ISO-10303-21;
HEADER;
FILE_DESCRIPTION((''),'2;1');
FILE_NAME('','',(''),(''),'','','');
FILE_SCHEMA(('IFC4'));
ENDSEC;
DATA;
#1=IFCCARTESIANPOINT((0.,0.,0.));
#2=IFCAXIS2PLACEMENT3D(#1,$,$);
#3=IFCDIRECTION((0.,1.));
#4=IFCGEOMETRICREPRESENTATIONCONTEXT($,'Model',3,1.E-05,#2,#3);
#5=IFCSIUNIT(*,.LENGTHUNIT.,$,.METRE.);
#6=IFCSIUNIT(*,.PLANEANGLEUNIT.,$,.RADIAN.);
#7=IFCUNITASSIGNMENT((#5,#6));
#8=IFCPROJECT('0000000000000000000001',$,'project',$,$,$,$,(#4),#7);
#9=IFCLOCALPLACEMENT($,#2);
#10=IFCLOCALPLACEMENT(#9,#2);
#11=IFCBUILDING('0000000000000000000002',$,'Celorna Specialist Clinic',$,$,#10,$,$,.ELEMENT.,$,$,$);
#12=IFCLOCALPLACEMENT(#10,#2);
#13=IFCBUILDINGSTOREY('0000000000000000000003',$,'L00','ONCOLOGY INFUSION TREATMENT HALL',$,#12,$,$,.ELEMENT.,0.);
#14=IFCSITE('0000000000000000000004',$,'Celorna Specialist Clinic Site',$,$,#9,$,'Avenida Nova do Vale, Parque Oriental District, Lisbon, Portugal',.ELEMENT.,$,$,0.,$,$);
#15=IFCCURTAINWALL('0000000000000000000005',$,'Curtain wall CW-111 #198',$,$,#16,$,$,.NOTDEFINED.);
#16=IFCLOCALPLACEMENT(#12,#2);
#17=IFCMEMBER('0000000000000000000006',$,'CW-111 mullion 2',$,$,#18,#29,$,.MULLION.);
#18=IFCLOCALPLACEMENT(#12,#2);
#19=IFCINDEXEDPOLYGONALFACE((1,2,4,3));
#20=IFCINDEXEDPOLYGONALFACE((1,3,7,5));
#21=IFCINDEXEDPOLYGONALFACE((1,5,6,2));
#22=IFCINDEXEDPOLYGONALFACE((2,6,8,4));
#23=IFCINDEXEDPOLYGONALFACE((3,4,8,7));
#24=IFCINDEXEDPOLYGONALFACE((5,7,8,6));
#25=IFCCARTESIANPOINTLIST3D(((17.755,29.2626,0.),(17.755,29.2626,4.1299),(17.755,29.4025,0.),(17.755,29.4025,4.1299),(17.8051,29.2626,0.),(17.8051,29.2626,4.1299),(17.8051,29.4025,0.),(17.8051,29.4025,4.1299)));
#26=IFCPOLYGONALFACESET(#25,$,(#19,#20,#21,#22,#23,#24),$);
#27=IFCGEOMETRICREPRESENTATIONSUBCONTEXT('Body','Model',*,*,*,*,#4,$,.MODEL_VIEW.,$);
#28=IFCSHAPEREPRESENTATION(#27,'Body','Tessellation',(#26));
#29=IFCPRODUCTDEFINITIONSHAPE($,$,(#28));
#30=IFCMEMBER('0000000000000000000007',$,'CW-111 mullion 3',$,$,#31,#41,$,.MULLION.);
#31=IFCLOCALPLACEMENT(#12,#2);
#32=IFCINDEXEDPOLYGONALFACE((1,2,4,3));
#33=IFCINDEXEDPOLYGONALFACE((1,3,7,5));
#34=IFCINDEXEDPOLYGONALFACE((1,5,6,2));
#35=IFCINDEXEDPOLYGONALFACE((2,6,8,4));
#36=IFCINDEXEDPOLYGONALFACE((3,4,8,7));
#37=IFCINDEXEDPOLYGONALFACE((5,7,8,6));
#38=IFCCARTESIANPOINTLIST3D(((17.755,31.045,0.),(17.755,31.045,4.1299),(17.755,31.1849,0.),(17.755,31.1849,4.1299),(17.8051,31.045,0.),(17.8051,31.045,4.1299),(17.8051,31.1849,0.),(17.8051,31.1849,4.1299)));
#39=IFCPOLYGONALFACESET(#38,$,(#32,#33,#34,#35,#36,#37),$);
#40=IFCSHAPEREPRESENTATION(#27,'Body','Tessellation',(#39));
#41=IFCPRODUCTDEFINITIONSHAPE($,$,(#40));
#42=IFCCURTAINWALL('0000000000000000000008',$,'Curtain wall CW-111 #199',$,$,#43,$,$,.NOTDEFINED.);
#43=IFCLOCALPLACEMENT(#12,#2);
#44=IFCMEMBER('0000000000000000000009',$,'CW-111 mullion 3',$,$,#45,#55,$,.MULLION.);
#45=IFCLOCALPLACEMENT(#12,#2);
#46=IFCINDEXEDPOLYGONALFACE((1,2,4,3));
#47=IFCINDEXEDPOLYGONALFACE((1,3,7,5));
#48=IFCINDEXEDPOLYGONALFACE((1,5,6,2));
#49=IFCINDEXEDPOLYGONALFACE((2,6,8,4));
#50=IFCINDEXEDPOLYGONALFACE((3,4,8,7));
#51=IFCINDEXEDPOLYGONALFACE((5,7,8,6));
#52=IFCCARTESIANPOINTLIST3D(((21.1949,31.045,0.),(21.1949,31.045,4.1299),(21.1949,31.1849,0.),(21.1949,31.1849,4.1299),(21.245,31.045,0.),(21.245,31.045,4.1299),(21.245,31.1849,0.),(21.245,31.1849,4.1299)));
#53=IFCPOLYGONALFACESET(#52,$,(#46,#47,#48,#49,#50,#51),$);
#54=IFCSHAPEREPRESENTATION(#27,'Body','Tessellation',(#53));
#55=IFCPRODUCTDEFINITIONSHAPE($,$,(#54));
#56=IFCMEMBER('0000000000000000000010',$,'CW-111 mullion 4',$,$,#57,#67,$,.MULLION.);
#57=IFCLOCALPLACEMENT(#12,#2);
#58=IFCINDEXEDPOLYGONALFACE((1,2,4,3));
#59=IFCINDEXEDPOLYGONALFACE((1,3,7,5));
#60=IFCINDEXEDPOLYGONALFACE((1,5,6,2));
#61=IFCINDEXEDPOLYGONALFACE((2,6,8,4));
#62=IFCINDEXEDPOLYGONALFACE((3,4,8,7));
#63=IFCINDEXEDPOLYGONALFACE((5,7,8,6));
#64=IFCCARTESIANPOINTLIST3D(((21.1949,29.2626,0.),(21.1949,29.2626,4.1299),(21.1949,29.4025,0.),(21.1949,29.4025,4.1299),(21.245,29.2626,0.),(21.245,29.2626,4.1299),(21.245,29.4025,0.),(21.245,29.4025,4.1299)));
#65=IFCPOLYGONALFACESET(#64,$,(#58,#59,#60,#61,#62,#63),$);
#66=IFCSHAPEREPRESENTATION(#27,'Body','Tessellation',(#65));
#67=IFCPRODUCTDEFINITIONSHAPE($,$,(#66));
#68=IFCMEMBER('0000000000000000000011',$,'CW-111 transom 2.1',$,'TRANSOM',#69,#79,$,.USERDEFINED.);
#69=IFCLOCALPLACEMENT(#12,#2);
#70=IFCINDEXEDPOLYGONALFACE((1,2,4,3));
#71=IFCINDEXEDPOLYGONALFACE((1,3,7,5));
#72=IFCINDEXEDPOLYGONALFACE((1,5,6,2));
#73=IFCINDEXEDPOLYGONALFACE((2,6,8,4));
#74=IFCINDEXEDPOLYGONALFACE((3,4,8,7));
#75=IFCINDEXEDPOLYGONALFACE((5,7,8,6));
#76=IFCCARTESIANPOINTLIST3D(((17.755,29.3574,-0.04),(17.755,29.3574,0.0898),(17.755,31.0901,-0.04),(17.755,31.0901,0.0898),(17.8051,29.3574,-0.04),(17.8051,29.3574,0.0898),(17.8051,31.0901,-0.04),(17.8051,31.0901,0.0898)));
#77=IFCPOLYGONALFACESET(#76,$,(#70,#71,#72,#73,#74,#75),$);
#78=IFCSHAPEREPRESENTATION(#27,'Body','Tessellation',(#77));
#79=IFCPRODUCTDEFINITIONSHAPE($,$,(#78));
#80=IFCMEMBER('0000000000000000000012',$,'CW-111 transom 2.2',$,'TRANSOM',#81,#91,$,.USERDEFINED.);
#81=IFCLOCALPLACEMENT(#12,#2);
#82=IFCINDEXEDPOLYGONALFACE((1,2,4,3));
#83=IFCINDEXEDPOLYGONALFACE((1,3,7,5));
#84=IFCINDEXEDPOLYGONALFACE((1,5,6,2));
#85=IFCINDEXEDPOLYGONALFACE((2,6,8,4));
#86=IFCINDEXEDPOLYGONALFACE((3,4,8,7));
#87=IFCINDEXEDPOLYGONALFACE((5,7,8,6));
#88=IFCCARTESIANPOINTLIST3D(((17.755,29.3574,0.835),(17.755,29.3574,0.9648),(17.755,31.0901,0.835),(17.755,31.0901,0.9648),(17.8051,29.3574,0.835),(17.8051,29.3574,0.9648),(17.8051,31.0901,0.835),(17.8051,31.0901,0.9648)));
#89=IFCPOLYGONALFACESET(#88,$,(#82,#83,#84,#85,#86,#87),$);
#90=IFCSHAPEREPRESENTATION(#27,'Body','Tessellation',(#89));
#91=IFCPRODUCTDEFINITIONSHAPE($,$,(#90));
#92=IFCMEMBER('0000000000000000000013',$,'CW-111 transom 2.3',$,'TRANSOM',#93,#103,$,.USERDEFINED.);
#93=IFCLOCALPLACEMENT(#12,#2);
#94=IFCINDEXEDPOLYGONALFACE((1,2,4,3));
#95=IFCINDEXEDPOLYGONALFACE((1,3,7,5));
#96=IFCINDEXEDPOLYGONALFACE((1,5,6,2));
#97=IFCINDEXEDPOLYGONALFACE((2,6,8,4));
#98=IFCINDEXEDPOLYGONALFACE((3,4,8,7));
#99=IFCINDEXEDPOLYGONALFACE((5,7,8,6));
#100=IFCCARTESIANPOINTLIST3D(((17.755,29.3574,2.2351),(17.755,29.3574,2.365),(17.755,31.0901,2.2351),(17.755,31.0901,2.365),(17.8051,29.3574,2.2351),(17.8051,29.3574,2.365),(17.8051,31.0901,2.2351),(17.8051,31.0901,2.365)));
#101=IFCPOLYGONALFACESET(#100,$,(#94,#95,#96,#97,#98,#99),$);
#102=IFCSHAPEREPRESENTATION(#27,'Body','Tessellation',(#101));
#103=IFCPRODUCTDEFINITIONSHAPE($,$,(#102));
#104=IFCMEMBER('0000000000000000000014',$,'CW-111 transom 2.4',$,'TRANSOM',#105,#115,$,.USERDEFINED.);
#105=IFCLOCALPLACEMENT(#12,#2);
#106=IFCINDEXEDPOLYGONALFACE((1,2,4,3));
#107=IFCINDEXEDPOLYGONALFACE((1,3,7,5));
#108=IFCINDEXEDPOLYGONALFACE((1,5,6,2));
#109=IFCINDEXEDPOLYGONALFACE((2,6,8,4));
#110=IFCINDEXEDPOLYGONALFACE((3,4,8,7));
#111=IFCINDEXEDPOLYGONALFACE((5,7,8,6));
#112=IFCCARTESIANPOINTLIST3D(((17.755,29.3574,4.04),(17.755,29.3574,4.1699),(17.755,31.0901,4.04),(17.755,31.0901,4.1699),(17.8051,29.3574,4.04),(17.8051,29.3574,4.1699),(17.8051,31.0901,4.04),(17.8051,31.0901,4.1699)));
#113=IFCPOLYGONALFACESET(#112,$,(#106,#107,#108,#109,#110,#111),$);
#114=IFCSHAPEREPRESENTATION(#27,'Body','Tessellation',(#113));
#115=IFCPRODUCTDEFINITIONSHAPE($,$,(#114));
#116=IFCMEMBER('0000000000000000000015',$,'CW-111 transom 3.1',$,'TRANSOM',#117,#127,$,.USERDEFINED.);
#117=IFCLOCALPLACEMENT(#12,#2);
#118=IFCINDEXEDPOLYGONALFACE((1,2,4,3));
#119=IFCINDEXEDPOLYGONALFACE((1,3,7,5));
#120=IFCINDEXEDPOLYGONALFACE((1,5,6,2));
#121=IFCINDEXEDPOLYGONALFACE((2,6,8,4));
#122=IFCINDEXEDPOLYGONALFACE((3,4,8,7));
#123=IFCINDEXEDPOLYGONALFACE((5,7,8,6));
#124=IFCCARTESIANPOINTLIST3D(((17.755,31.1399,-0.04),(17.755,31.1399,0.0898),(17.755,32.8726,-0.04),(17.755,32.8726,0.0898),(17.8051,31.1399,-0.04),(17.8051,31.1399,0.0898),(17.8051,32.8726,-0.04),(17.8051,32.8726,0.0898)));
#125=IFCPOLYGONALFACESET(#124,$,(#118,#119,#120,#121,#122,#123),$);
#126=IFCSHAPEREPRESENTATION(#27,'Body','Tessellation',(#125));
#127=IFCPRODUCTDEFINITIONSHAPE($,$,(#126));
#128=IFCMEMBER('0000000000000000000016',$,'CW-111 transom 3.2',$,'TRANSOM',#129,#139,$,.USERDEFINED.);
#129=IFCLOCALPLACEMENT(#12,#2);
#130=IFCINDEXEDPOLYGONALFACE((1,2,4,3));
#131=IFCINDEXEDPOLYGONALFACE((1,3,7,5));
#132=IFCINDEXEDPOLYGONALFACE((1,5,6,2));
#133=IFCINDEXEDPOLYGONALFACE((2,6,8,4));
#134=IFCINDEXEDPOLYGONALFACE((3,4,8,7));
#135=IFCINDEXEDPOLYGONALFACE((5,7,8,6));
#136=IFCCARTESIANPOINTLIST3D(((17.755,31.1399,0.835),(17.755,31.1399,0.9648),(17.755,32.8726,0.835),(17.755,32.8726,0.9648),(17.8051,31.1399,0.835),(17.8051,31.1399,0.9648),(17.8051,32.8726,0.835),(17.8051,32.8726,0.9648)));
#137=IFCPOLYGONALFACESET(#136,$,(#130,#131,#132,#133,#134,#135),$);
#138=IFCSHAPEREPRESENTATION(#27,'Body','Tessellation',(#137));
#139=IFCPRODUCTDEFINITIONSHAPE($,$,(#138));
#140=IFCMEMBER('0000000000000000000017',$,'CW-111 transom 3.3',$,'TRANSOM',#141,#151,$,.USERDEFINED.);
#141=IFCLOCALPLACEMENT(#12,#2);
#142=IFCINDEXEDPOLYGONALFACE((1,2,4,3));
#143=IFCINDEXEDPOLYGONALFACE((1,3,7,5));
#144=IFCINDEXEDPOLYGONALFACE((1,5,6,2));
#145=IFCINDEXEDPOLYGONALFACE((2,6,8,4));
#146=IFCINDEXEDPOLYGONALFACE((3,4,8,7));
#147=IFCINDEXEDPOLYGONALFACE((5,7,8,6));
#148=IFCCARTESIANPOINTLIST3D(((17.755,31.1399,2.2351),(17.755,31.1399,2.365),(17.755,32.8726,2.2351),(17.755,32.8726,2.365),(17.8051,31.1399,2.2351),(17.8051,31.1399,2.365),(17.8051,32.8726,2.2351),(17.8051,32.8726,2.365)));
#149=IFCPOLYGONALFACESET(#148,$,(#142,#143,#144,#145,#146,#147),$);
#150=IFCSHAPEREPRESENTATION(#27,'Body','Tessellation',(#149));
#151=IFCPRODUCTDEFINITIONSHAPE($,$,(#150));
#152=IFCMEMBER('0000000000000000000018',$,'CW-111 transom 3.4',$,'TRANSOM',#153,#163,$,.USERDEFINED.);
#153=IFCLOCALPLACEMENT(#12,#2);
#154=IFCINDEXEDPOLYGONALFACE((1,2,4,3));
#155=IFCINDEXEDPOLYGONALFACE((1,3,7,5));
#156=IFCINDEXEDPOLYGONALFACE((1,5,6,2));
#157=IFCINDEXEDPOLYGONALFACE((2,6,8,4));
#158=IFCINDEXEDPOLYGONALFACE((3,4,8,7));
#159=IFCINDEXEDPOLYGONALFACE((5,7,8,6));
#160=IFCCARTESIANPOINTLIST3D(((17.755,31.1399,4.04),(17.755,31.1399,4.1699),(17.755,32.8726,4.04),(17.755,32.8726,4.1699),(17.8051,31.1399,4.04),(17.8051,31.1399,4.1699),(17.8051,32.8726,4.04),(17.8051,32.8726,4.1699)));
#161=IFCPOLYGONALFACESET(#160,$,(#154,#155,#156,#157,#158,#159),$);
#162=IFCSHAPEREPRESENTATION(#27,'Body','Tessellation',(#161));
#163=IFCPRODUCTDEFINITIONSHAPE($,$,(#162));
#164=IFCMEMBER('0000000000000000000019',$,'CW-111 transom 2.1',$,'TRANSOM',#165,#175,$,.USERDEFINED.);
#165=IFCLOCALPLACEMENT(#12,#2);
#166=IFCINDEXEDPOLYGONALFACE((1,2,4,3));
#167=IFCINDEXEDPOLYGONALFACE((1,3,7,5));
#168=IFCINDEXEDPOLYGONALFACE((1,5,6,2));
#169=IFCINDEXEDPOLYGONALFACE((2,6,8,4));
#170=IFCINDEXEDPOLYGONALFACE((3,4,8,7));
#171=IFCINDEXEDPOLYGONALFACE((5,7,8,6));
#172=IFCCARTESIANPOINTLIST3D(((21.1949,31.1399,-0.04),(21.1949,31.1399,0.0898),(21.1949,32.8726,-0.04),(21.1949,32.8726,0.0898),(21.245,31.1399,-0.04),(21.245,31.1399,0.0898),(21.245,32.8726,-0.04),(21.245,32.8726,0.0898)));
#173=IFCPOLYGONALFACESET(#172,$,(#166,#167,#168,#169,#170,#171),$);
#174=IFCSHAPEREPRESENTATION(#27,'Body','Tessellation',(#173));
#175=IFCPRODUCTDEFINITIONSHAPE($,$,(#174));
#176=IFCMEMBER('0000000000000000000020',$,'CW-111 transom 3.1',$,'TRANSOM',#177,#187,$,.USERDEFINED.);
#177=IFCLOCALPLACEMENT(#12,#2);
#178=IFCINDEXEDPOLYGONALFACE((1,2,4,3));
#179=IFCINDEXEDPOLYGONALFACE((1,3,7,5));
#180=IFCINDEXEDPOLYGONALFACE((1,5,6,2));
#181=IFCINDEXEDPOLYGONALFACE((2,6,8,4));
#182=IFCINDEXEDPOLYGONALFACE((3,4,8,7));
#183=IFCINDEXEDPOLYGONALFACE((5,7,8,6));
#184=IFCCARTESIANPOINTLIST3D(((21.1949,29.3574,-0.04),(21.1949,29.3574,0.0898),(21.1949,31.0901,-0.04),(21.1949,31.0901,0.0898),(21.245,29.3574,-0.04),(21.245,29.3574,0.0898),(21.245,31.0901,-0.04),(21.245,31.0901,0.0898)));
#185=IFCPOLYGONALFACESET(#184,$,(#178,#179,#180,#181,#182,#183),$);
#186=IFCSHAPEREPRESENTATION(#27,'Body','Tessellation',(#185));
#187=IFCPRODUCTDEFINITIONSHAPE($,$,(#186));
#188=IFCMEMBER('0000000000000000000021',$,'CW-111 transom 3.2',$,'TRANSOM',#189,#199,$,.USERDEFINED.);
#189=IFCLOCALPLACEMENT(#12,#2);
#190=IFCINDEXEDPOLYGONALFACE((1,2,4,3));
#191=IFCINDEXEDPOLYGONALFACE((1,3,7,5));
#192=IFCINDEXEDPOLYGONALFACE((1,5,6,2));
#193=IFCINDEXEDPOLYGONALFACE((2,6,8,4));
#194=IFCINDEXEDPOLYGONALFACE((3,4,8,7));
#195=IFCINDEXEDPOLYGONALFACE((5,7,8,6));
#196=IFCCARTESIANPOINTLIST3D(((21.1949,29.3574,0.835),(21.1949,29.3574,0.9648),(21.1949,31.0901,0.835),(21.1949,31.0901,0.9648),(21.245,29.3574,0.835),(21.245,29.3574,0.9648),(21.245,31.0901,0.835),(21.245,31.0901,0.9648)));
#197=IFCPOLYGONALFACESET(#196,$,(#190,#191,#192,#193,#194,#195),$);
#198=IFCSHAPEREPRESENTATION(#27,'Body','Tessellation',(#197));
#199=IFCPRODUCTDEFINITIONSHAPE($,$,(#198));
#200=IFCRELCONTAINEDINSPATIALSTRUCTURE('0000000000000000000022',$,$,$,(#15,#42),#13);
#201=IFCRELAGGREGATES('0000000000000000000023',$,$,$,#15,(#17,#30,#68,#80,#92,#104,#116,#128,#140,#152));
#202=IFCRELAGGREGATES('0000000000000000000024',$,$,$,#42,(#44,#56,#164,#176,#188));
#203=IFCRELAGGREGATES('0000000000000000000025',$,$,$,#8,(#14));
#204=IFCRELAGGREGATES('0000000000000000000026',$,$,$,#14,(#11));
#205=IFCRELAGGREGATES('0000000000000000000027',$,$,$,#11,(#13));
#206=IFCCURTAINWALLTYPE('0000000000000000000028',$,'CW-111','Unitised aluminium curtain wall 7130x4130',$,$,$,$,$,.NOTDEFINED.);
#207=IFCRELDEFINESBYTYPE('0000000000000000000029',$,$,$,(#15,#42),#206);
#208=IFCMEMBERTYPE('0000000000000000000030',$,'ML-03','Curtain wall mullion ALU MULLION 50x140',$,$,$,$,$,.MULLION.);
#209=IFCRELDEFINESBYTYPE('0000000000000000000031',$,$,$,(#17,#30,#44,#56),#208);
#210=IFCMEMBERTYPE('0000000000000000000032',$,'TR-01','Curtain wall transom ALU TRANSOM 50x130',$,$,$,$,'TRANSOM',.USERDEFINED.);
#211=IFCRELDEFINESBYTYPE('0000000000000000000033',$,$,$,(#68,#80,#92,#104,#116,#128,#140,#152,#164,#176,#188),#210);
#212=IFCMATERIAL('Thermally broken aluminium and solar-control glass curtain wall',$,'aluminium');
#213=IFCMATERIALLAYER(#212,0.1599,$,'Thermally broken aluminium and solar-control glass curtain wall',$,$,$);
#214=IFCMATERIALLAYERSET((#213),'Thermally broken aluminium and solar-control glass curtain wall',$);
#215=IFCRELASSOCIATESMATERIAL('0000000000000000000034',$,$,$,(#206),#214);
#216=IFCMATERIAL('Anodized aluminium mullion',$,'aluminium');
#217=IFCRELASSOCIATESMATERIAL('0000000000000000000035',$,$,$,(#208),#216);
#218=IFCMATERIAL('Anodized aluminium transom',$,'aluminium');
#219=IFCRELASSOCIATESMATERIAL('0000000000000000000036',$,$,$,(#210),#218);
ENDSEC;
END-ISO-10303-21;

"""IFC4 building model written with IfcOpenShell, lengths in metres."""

from ifc_helpers import new_model, si_unit, direction, frame, origin, origin_2d, place, context, subcontext, project, spatial, rectangle, extrude, material, layer, layer_set, material_profile, profile_set, type_object, element, aggregate, save


model = new_model("IFC4")

# Units and contexts
model_context = context("Model", 3, precision=1e-05, world=origin(), true_north=direction((0.0, 1.0)))
body_context = subcontext(model_context, "Body", "Model", "MODEL_VIEW")
ifc_project = project(units=[si_unit("LENGTHUNIT", "METRE"), si_unit("PLANEANGLEUNIT", "RADIAN")], contexts=[model_context])

# Site, building, storey
site_placement = place(None, origin())
site = spatial("IfcSite", under=ifc_project, at=site_placement, Name="Celorna Specialist Clinic Site", LongName="Avenida Nova do Vale, Parque Oriental District, Lisbon, Portugal", CompositionType="ELEMENT", RefElevation=0.0)
building_placement = place(site_placement, origin())
building = spatial("IfcBuilding", under=site, at=building_placement, Name="Celorna Specialist Clinic", CompositionType="ELEMENT")
storey_placement = place(building_placement, origin())
storey = spatial("IfcBuildingStorey", under=building, at=storey_placement, Name="L00", Description="ONCOLOGY INFUSION TREATMENT HALL", CompositionType="ELEMENT", Elevation=0.0)

# Curtain walls, members
ifc_material_1 = material(Name="Thermally broken aluminium and solar-control glass curtain wall", Category="aluminium")
ifc_layer_1 = layer(ifc_material_1, 0.1599, Name="Thermally broken aluminium and solar-control glass curtain wall")
ifc_layer_set_1 = layer_set([ifc_layer_1], Name="Thermally broken aluminium and solar-control glass curtain wall")
curtain_wall_type = type_object("IfcCurtainWallType", Name="CW-111", Description="Unitised aluminium curtain wall 7130x4130", PredefinedType="NOTDEFINED", material=ifc_layer_set_1)
curtain_wall_1_placement = place(storey_placement, origin())
curtain_wall_1 = element("IfcCurtainWall", 1, at=curtain_wall_1_placement, inside=storey, type_object=curtain_wall_type, Name="Curtain wall CW-111 #198", PredefinedType="NOTDEFINED")
ifc_material_2 = material(Name="Anodized aluminium mullion", Category="aluminium")
ifc_material_profile_1 = material_profile(ifc_material_2, rectangle(XDim=0.05, YDim=0.1399, at=origin_2d()), Name="ALU MULLION 50x140")
ifc_profile_set_1 = profile_set([ifc_material_profile_1], Name="Anodized aluminium mullion")
member_type_1 = type_object("IfcMemberType", Name="ML-03", Description="Curtain wall mullion ALU MULLION 50x140", PredefinedType="MULLION", material=ifc_profile_set_1)
member_1_placement = place(storey_placement, frame((17.78, 29.3325, 0.0), z_axis=(0.0, 0.0, 1.0), x_axis=(-1.0, 0.0, 0.0)))
member_1 = element("IfcMember", 2, at=member_1_placement, type_object=member_type_1, Name="CW-111 mullion 2", PredefinedType="MULLION", context=body_context, shape_type="SweptSolid", body=[
    extrude(rectangle(XDim=0.05, YDim=0.1399, at=origin_2d()), origin(), (0.0, 0.0, 1.0), 4.1299),
])
member_2_placement = place(storey_placement, frame((17.78, 31.115, 0.0), z_axis=(0.0, 0.0, 1.0), x_axis=(-1.0, 0.0, 0.0)))
member_2 = element("IfcMember", 3, at=member_2_placement, type_object=member_type_1, Name="CW-111 mullion 3", PredefinedType="MULLION", context=body_context, shape_type="SweptSolid", body=[
    extrude(rectangle(XDim=0.05, YDim=0.1399, at=origin_2d()), origin(), (0.0, 0.0, 1.0), 4.1299),
])
curtain_wall_2_placement = place(storey_placement, origin())
curtain_wall_2 = element("IfcCurtainWall", 4, at=curtain_wall_2_placement, inside=storey, type_object=curtain_wall_type, Name="Curtain wall CW-111 #199", PredefinedType="NOTDEFINED")
member_3_placement = place(storey_placement, frame((21.22, 31.115, 0.0), z_axis=(0.0, 0.0, 1.0), x_axis=(1.0, 0.0, 0.0)))
member_3 = element("IfcMember", 5, at=member_3_placement, type_object=member_type_1, Name="CW-111 mullion 3", PredefinedType="MULLION", context=body_context, shape_type="SweptSolid", body=[
    extrude(rectangle(XDim=0.05, YDim=0.1399, at=origin_2d()), origin(), (0.0, 0.0, 1.0), 4.1299),
])
member_4_placement = place(storey_placement, frame((21.22, 29.3325, 0.0), z_axis=(0.0, 0.0, 1.0), x_axis=(1.0, 0.0, 0.0)))
member_4 = element("IfcMember", 6, at=member_4_placement, type_object=member_type_1, Name="CW-111 mullion 4", PredefinedType="MULLION", context=body_context, shape_type="SweptSolid", body=[
    extrude(rectangle(XDim=0.05, YDim=0.1399, at=origin_2d()), origin(), (0.0, 0.0, 1.0), 4.1299),
])

# Members
ifc_material_3 = material(Name="Anodized aluminium transom", Category="aluminium")
ifc_material_profile_2 = material_profile(ifc_material_3, rectangle(XDim=0.05, YDim=0.1299, at=origin_2d()), Name="ALU TRANSOM 50x130")
ifc_profile_set_2 = profile_set([ifc_material_profile_2], Name="Anodized aluminium transom")
member_type_2 = type_object("IfcMemberType", Name="TR-01", Description="Curtain wall transom ALU TRANSOM 50x130", ElementType="TRANSOM", PredefinedType="USERDEFINED", material=ifc_profile_set_2)
member_5_placement = place(storey_placement, frame((17.78, 29.3574, 0.0249), z_axis=(0.0, 1.0, 0.0), x_axis=(-1.0, 0.0, 0.0)))
member_5 = element("IfcMember", 7, at=member_5_placement, type_object=member_type_2, Name="CW-111 transom 2.1", ObjectType="TRANSOM", PredefinedType="USERDEFINED", context=body_context, shape_type="SweptSolid", body=[
    extrude(rectangle(XDim=0.05, YDim=0.1299, at=origin_2d()), origin(), (0.0, 0.0, 1.0), 1.7327),
])
member_6_placement = place(storey_placement, frame((17.78, 29.3574, 0.8999), z_axis=(0.0, 1.0, 0.0), x_axis=(-1.0, 0.0, 0.0)))
member_6 = element("IfcMember", 8, at=member_6_placement, type_object=member_type_2, Name="CW-111 transom 2.2", ObjectType="TRANSOM", PredefinedType="USERDEFINED", context=body_context, shape_type="SweptSolid", body=[
    extrude(rectangle(XDim=0.05, YDim=0.1299, at=origin_2d()), origin(), (0.0, 0.0, 1.0), 1.7327),
])
member_7_placement = place(storey_placement, frame((17.78, 29.3574, 2.3), z_axis=(0.0, 1.0, 0.0), x_axis=(-1.0, 0.0, 0.0)))
member_7 = element("IfcMember", 9, at=member_7_placement, type_object=member_type_2, Name="CW-111 transom 2.3", ObjectType="TRANSOM", PredefinedType="USERDEFINED", context=body_context, shape_type="SweptSolid", body=[
    extrude(rectangle(XDim=0.05, YDim=0.1299, at=origin_2d()), origin(), (0.0, 0.0, 1.0), 1.7327),
])
member_8_placement = place(storey_placement, frame((17.78, 29.3574, 4.105), z_axis=(0.0, 1.0, 0.0), x_axis=(-1.0, 0.0, 0.0)))
member_8 = element("IfcMember", 10, at=member_8_placement, type_object=member_type_2, Name="CW-111 transom 2.4", ObjectType="TRANSOM", PredefinedType="USERDEFINED", context=body_context, shape_type="SweptSolid", body=[
    extrude(rectangle(XDim=0.05, YDim=0.1299, at=origin_2d()), origin(), (0.0, 0.0, 1.0), 1.7327),
])
member_9_placement = place(storey_placement, frame((17.78, 31.1399, 0.0249), z_axis=(0.0, 1.0, 0.0), x_axis=(-1.0, 0.0, 0.0)))
member_9 = element("IfcMember", 11, at=member_9_placement, type_object=member_type_2, Name="CW-111 transom 3.1", ObjectType="TRANSOM", PredefinedType="USERDEFINED", context=body_context, shape_type="SweptSolid", body=[
    extrude(rectangle(XDim=0.05, YDim=0.1299, at=origin_2d()), origin(), (0.0, 0.0, 1.0), 1.7327),
])
member_10_placement = place(storey_placement, frame((17.78, 31.1399, 0.8999), z_axis=(0.0, 1.0, 0.0), x_axis=(-1.0, 0.0, 0.0)))
member_10 = element("IfcMember", 12, at=member_10_placement, type_object=member_type_2, Name="CW-111 transom 3.2", ObjectType="TRANSOM", PredefinedType="USERDEFINED", context=body_context, shape_type="SweptSolid", body=[
    extrude(rectangle(XDim=0.05, YDim=0.1299, at=origin_2d()), origin(), (0.0, 0.0, 1.0), 1.7327),
])
member_11_placement = place(storey_placement, frame((17.78, 31.1399, 2.3), z_axis=(0.0, 1.0, 0.0), x_axis=(-1.0, 0.0, 0.0)))
member_11 = element("IfcMember", 13, at=member_11_placement, type_object=member_type_2, Name="CW-111 transom 3.3", ObjectType="TRANSOM", PredefinedType="USERDEFINED", context=body_context, shape_type="SweptSolid", body=[
    extrude(rectangle(XDim=0.05, YDim=0.1299, at=origin_2d()), origin(), (0.0, 0.0, 1.0), 1.7327),
])
member_12_placement = place(storey_placement, frame((17.78, 31.1399, 4.105), z_axis=(0.0, 1.0, 0.0), x_axis=(-1.0, 0.0, 0.0)))
member_12 = element("IfcMember", 14, at=member_12_placement, type_object=member_type_2, Name="CW-111 transom 3.4", ObjectType="TRANSOM", PredefinedType="USERDEFINED", context=body_context, shape_type="SweptSolid", body=[
    extrude(rectangle(XDim=0.05, YDim=0.1299, at=origin_2d()), origin(), (0.0, 0.0, 1.0), 1.7327),
])
member_13_placement = place(storey_placement, frame((21.22, 32.8726, 0.0249), z_axis=(0.0, -1.0, 0.0), x_axis=(1.0, 0.0, 0.0)))
member_13 = element("IfcMember", 15, at=member_13_placement, type_object=member_type_2, Name="CW-111 transom 2.1", ObjectType="TRANSOM", PredefinedType="USERDEFINED", context=body_context, shape_type="SweptSolid", body=[
    extrude(rectangle(XDim=0.05, YDim=0.1299, at=origin_2d()), origin(), (0.0, 0.0, 1.0), 1.7327),
])
member_14_placement = place(storey_placement, frame((21.22, 31.0901, 0.0249), z_axis=(0.0, -1.0, 0.0), x_axis=(1.0, 0.0, 0.0)))
member_14 = element("IfcMember", 16, at=member_14_placement, type_object=member_type_2, Name="CW-111 transom 3.1", ObjectType="TRANSOM", PredefinedType="USERDEFINED", context=body_context, shape_type="SweptSolid", body=[
    extrude(rectangle(XDim=0.05, YDim=0.1299, at=origin_2d()), origin(), (0.0, 0.0, 1.0), 1.7327),
])
member_15_placement = place(storey_placement, frame((21.22, 31.0901, 0.8999), z_axis=(0.0, -1.0, 0.0), x_axis=(1.0, 0.0, 0.0)))
member_15 = element("IfcMember", 17, at=member_15_placement, type_object=member_type_2, Name="CW-111 transom 3.2", ObjectType="TRANSOM", PredefinedType="USERDEFINED", context=body_context, shape_type="SweptSolid", body=[
    extrude(rectangle(XDim=0.05, YDim=0.1299, at=origin_2d()), origin(), (0.0, 0.0, 1.0), 1.7327),
])

aggregate(curtain_wall_1, [member_1, member_2, member_5, member_6, member_7, member_8, member_9, member_10, member_11, member_12])
aggregate(curtain_wall_2, [member_3, member_4, member_13, member_14, member_15])

save(model, "model.ifc")
